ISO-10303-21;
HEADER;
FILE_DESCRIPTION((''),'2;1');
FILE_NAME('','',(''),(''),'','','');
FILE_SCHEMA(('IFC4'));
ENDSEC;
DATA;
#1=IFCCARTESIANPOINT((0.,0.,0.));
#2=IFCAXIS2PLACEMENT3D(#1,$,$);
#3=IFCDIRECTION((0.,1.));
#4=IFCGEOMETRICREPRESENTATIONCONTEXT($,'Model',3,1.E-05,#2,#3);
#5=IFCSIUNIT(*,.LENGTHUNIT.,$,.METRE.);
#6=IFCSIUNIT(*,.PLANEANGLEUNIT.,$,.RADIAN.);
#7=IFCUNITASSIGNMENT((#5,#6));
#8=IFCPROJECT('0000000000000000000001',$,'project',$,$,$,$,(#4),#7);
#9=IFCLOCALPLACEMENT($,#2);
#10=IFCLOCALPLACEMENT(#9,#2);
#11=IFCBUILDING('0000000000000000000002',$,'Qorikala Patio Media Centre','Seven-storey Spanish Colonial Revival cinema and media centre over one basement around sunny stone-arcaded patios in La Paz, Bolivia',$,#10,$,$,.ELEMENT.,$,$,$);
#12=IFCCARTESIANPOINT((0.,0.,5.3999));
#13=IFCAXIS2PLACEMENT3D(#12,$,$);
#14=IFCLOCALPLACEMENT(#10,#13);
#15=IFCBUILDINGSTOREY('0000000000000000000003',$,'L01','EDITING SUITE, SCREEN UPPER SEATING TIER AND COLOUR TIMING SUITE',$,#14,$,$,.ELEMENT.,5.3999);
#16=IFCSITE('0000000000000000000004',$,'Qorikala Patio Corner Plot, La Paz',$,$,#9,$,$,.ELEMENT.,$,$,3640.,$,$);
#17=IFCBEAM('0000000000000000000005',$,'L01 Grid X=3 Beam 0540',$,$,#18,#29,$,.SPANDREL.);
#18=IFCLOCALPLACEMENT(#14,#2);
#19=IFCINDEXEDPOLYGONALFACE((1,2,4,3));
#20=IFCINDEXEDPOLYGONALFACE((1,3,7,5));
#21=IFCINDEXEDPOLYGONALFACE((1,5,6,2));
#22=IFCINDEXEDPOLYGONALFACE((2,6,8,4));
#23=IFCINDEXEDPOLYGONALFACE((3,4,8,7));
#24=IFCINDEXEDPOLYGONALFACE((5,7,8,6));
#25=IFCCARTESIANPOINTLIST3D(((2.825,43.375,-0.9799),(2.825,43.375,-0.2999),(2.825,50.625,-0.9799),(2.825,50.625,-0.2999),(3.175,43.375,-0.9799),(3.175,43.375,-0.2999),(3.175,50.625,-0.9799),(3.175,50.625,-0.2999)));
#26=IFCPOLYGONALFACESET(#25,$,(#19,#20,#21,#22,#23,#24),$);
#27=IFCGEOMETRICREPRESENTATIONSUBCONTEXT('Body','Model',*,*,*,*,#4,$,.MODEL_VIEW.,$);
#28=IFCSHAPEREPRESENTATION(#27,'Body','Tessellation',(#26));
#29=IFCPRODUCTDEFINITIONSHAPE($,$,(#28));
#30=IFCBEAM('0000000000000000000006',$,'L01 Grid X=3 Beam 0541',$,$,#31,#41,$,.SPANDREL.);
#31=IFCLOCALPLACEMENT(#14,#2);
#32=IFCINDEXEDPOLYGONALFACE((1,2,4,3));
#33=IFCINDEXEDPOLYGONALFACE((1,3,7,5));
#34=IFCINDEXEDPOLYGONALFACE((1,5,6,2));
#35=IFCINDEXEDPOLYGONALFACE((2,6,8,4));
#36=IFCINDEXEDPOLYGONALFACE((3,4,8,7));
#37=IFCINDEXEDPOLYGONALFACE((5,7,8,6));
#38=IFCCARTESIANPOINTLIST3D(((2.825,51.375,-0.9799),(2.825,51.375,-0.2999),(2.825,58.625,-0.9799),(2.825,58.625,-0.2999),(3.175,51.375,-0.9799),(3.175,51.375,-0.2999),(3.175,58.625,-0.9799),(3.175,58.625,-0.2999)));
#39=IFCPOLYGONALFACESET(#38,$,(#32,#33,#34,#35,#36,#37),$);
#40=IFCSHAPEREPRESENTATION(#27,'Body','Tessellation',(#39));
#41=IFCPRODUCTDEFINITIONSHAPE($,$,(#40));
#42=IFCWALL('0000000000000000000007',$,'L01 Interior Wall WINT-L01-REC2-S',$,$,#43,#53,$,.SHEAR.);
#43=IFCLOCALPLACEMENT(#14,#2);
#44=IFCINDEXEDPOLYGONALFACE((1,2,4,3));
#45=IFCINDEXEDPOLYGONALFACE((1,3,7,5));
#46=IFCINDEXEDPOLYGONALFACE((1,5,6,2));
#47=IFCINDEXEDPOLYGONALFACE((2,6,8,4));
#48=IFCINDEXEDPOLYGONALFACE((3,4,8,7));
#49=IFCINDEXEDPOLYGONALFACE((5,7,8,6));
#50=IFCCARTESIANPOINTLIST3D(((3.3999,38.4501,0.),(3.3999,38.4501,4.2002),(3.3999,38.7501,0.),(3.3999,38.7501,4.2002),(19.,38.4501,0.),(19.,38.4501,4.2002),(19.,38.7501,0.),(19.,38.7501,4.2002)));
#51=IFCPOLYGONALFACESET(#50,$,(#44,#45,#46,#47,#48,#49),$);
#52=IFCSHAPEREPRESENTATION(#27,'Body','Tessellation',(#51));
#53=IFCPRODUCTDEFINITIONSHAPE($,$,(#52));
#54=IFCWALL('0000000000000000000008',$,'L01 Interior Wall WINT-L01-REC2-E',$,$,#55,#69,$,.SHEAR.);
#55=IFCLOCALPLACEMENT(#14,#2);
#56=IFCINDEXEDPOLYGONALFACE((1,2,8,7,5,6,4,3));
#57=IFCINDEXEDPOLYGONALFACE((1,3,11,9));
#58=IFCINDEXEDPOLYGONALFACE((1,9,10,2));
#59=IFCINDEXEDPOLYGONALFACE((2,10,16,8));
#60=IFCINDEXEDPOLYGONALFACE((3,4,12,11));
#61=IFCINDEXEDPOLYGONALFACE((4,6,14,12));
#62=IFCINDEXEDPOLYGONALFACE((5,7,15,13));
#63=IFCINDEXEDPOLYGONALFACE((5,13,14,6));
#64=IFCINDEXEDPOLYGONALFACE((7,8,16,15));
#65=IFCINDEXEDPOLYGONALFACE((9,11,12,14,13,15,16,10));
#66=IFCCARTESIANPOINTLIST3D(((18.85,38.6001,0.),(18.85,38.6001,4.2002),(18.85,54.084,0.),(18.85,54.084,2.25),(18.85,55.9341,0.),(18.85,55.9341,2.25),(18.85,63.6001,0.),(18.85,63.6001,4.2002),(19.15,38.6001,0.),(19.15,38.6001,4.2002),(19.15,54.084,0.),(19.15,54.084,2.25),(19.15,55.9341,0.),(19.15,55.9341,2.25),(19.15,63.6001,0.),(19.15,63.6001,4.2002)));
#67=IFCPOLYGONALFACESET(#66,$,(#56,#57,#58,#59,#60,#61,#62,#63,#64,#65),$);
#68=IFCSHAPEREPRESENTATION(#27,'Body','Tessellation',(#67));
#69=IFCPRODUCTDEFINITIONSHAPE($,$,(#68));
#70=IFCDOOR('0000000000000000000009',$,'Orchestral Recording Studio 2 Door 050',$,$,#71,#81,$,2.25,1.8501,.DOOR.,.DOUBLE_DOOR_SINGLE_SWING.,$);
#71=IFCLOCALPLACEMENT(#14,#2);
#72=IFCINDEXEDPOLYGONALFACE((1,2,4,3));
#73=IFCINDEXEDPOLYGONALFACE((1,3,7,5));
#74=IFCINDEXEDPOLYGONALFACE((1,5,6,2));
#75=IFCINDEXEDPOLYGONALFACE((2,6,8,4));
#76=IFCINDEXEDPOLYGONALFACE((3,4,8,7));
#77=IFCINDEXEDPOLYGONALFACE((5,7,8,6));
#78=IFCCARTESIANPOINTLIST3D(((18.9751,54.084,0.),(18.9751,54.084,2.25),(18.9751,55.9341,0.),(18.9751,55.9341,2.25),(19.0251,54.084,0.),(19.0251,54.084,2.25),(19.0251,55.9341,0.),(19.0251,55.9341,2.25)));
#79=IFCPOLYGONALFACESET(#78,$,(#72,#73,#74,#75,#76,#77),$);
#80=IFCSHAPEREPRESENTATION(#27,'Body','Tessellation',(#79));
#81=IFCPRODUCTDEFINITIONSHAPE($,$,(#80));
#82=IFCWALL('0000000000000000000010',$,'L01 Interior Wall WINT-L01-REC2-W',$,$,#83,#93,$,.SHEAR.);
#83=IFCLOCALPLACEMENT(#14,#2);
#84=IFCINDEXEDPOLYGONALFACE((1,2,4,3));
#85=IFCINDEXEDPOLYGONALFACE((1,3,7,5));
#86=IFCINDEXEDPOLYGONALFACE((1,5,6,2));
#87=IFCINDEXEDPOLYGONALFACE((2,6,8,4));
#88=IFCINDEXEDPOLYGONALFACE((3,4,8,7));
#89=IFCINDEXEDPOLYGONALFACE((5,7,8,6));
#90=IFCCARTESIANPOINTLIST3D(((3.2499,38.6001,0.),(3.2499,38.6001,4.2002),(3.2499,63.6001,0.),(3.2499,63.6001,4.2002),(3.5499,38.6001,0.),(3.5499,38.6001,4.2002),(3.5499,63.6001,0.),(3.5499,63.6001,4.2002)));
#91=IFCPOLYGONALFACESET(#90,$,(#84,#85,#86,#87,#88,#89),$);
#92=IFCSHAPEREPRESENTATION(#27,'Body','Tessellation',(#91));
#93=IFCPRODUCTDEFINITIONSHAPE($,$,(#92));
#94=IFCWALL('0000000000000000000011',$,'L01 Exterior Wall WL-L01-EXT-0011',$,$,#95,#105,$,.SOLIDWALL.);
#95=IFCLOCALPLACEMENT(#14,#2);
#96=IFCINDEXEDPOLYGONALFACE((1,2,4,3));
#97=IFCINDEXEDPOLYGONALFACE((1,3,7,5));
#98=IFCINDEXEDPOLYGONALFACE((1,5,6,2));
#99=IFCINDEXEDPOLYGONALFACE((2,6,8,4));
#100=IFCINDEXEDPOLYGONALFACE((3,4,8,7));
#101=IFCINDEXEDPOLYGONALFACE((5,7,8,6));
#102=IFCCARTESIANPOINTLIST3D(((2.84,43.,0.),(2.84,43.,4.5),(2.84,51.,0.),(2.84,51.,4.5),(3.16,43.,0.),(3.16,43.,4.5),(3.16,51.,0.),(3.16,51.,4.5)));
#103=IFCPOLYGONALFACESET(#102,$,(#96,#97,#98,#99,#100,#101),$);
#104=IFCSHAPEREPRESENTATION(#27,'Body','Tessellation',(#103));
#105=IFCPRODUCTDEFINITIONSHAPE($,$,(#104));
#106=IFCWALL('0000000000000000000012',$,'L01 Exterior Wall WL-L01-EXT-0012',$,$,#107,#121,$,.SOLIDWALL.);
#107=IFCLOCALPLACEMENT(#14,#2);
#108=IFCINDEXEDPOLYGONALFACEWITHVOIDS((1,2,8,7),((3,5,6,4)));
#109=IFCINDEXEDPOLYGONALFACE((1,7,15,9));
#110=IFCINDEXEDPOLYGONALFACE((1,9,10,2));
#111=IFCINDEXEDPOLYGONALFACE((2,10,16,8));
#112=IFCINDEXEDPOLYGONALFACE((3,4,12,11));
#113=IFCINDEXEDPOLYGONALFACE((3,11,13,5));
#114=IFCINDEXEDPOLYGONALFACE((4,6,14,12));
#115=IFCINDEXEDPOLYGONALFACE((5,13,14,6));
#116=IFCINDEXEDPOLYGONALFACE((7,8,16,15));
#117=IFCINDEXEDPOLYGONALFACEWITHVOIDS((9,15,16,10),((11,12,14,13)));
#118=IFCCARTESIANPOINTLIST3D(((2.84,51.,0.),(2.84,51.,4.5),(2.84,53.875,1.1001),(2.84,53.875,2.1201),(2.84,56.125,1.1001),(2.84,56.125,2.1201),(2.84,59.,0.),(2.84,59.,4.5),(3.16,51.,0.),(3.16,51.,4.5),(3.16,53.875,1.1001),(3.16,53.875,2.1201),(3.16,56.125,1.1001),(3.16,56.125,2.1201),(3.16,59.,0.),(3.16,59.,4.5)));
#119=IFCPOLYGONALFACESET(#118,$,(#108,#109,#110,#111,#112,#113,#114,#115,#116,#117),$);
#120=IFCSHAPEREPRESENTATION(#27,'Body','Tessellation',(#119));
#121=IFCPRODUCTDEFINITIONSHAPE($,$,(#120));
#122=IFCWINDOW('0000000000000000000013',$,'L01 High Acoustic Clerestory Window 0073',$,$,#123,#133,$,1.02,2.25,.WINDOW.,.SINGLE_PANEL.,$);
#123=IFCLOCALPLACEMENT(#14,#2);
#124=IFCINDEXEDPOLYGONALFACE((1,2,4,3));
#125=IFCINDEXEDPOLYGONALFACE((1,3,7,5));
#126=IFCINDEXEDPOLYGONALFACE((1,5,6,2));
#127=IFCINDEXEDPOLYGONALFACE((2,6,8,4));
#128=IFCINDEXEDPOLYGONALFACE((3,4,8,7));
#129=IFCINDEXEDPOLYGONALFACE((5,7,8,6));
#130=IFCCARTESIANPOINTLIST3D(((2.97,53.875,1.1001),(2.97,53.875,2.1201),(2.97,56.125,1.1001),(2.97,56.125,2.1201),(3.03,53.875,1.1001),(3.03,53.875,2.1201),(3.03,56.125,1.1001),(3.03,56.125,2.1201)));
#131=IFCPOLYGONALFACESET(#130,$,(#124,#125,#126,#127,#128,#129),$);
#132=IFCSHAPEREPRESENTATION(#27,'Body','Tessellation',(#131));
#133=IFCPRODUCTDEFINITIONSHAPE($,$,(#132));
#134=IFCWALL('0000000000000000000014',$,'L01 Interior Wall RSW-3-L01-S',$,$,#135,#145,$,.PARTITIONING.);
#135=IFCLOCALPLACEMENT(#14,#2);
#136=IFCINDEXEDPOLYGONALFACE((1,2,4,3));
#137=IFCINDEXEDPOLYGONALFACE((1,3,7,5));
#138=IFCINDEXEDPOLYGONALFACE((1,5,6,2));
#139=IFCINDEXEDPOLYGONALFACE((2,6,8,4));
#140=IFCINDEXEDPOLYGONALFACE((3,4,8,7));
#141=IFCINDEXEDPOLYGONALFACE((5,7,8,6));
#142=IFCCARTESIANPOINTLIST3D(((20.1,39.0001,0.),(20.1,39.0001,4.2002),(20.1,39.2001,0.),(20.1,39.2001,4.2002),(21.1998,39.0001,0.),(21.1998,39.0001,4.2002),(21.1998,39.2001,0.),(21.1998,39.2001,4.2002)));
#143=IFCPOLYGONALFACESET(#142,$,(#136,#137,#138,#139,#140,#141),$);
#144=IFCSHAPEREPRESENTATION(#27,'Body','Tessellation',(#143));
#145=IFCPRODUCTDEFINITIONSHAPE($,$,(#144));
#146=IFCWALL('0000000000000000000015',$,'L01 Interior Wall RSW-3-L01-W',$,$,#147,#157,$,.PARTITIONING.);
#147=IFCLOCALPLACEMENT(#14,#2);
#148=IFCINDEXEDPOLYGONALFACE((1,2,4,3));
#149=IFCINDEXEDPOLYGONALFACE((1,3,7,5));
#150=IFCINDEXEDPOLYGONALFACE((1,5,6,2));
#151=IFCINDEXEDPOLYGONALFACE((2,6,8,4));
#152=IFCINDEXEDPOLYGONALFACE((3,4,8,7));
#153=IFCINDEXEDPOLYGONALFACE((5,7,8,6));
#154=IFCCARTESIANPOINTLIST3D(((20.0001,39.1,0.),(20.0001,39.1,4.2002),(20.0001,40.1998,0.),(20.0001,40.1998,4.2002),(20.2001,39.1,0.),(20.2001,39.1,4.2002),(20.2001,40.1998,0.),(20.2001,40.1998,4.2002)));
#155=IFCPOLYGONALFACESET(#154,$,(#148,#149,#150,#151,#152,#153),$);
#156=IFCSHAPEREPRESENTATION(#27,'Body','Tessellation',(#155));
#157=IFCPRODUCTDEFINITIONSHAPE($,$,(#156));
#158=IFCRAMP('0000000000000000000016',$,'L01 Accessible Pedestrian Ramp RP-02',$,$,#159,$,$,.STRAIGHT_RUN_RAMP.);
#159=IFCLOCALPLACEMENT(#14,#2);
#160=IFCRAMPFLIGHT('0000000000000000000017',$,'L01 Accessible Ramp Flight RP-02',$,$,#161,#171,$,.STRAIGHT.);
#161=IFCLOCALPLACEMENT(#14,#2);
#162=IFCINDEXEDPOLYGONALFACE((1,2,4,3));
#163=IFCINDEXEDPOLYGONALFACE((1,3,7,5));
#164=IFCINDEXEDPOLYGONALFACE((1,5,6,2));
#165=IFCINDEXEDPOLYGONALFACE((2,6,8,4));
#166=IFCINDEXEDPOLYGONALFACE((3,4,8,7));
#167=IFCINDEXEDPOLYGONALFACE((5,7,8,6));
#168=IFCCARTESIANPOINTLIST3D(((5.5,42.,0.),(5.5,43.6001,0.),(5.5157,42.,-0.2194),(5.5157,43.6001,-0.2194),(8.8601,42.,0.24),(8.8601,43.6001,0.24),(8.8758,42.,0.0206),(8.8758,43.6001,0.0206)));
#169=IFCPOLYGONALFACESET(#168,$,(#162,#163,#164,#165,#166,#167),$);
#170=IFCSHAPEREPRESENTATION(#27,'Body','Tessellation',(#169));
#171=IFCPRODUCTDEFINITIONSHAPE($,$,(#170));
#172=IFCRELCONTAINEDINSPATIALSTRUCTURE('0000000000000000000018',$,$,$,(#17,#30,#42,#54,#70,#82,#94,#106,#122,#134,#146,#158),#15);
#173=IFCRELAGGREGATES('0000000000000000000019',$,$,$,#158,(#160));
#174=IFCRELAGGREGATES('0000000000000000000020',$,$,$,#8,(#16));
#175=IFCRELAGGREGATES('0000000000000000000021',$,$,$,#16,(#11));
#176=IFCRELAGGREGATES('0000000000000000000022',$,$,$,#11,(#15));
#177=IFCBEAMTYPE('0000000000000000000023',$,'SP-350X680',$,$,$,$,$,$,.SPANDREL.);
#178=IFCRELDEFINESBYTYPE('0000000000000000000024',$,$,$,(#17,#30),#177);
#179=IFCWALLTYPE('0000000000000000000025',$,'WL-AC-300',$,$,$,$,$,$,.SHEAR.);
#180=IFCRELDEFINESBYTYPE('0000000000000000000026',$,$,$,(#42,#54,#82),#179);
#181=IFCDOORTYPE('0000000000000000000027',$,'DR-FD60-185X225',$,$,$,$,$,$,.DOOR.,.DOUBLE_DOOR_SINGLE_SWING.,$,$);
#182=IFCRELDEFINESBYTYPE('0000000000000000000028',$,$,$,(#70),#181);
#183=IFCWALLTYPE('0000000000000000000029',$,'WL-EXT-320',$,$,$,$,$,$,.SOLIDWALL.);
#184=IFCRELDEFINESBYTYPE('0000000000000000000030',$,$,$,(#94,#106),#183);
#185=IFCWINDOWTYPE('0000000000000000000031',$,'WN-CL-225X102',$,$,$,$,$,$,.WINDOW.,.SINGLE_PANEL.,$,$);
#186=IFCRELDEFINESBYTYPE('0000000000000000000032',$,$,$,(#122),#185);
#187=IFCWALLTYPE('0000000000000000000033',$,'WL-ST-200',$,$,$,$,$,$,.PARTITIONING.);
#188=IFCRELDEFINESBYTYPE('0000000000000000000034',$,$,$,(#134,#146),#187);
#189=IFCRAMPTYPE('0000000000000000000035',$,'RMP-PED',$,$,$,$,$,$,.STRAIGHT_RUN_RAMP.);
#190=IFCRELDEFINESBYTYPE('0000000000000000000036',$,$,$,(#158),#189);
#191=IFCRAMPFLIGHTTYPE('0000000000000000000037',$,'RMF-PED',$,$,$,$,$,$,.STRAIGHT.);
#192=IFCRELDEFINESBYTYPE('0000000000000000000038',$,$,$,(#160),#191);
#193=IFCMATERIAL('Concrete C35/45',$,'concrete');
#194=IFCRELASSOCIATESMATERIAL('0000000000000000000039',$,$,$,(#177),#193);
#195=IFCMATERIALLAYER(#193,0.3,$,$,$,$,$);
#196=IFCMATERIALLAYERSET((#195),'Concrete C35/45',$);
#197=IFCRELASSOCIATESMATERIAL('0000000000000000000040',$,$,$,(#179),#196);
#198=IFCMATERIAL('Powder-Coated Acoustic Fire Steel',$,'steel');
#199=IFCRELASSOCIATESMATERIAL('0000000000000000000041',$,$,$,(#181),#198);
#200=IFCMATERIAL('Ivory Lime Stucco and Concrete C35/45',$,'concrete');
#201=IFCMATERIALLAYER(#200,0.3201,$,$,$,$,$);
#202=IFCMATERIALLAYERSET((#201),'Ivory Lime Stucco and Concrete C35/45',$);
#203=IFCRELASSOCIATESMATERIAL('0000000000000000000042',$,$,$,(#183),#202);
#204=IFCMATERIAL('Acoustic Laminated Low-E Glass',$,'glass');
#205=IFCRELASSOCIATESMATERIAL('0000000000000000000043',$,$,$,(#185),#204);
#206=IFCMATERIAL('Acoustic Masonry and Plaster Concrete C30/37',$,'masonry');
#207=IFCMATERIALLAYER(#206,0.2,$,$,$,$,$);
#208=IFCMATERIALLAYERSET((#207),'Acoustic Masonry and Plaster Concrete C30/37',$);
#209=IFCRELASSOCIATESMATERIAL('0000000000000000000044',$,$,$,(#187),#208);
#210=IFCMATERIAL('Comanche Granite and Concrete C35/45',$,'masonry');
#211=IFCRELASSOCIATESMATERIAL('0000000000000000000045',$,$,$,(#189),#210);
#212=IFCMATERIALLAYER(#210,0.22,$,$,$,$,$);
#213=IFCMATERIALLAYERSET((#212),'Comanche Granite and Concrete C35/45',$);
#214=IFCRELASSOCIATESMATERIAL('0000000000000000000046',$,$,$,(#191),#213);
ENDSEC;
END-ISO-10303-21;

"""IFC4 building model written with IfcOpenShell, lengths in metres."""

from ifc_helpers import new_model, si_unit, direction, frame, frame_2d, origin, origin_2d, place, context, subcontext, project, spatial, polyline, rectangle, outline, extrude, material, layer, layer_set, material_profile, profile_set, type_object, element, fill, aggregate, save


model = new_model("IFC4")

# Units and contexts
model_context = context("Model", 3, precision=1e-05, world=origin(), true_north=direction((0.0, 1.0)))
body_context = subcontext(model_context, "Body", "Model", "MODEL_VIEW")
ifc_project = project(units=[si_unit("LENGTHUNIT", "METRE"), si_unit("PLANEANGLEUNIT", "RADIAN")], contexts=[model_context])

# Site, building, storey
site_placement = place(None, origin())
site = spatial("IfcSite", under=ifc_project, at=site_placement, Name="Qorikala Patio Corner Plot, La Paz", CompositionType="ELEMENT", RefElevation=3640.0)
building_placement = place(site_placement, origin())
building = spatial("IfcBuilding", under=site, at=building_placement, Name="Qorikala Patio Media Centre", Description="Seven-storey Spanish Colonial Revival cinema and media centre over one basement around sunny stone-arcaded patios in La Paz, Bolivia", CompositionType="ELEMENT")
storey_placement = place(building_placement, frame((0.0, 0.0, 5.3999)))
storey = spatial("IfcBuildingStorey", under=building, at=storey_placement, Name="L01", Description="EDITING SUITE, SCREEN UPPER SEATING TIER AND COLOUR TIMING SUITE", CompositionType="ELEMENT", Elevation=5.3999)

# Shared definitions
ifc_material_1 = material(Name="Concrete C35/45", Category="concrete")

# Beams
ifc_material_profile_1 = material_profile(ifc_material_1, rectangle(XDim=0.3501, YDim=0.6799, at=origin_2d()), Name="RC 350x680")
ifc_profile_set_1 = profile_set([ifc_material_profile_1], Name="Concrete C35/45")
beam_type_1 = type_object("IfcBeamType", Name="SP-350X680", PredefinedType="SPANDREL", material=ifc_profile_set_1)
for number, where, z_axis, x_axis, name in (
    (1, (3.0, 43.375, -0.6399), (0.0, 1.0, 0.0), (-1.0, 0.0, 0.0), "L01 Grid X=3 Beam 0540"),
    (2, (3.0, 51.375, -0.6399), (0.0, 1.0, 0.0), (-1.0, 0.0, 0.0), "L01 Grid X=3 Beam 0541"),
):
    element("IfcBeam", number, at=place(storey_placement, frame(where, z_axis=z_axis, x_axis=x_axis)), inside=storey, type_object=beam_type_1, Name=name, PredefinedType="SPANDREL", context=body_context, shape_type="SweptSolid", body=[
        extrude(rectangle(XDim=0.3501, YDim=0.6799, at=origin_2d()), origin(), (0.0, 0.0, 1.0), 7.25),
    ])

# Wall
ifc_layer_1 = layer(ifc_material_1, 0.3)
ifc_layer_set_1 = layer_set([ifc_layer_1], Name="Concrete C35/45")
wall_type_1 = type_object("IfcWallType", Name="WL-AC-300", PredefinedType="SHEAR", material=ifc_layer_set_1)
wall_1_placement = place(storey_placement, frame((3.3999, 38.6001, 0.0), z_axis=(0.0, 0.0, 1.0), x_axis=(1.0, 0.0, 0.0)))
element("IfcWall", 3, at=wall_1_placement, inside=storey, type_object=wall_type_1, Name="L01 Interior Wall WINT-L01-REC2-S", PredefinedType="SHEAR", context=body_context, shape_type="SweptSolid", body=[
    extrude(rectangle(XDim=15.6001, YDim=0.3, at=frame_2d((7.8, 0.0))), origin(), (0.0, 0.0, 1.0), 4.2002),
])

# Wall, opening, door
wall_2_placement = place(storey_placement, frame((19.0, 38.6001, 0.0), z_axis=(0.0, 0.0, 1.0), x_axis=(0.0, 1.0, 0.0)))
wall_2 = element("IfcWall", 4, at=wall_2_placement, inside=storey, type_object=wall_type_1, Name="L01 Interior Wall WINT-L01-REC2-E", PredefinedType="SHEAR", context=body_context, shape_type="SweptSolid", body=[
    extrude(rectangle(XDim=25.0, YDim=0.3, at=frame_2d((12.5, 0.0))), origin(), (0.0, 0.0, 1.0), 4.2002),
])
opening_1_placement = place(wall_2_placement, frame((15.4839, 0.0, 0.0)))
opening_1 = element("IfcOpeningElement", 5, at=opening_1_placement, cuts=wall_2, PredefinedType="OPENING", context=body_context, shape_type="SweptSolid", body=[
    extrude(rectangle(XDim=1.8501, YDim=2.25, at=frame_2d((0.925, 1.125))), frame((0.0, 0.1599, 0.0), z_axis=(0.0, -1.0, 0.0), x_axis=(1.0, 0.0, 0.0)), (0.0, 0.0, 1.0), 0.3201),
])
ifc_material_2 = material(Name="Powder-Coated Acoustic Fire Steel", Category="steel")
door_type = type_object("IfcDoorType", Name="DR-FD60-185X225", OperationType="DOUBLE_DOOR_SINGLE_SWING", PredefinedType="DOOR", material=ifc_material_2)
door_placement = place(opening_1_placement, origin())
door = element("IfcDoor", 6, at=door_placement, inside=storey, type_object=door_type, Name="Orchestral Recording Studio 2 Door 050", OperationType="DOUBLE_DOOR_SINGLE_SWING", OverallHeight=2.25, OverallWidth=1.8501, PredefinedType="DOOR", context=body_context, shape_type="SweptSolid", body=[
    extrude(rectangle(XDim=1.8501, YDim=2.25, at=frame_2d((0.925, 1.125))), frame((0.0, 0.0249, 0.0), z_axis=(0.0, -1.0, 0.0), x_axis=(1.0, 0.0, 0.0)), (0.0, 0.0, 1.0), 0.05),
])
fill(opening_1, door)

# Walls
wall_3_placement = place(storey_placement, frame((3.3999, 38.6001, 0.0), z_axis=(0.0, 0.0, 1.0), x_axis=(0.0, 1.0, 0.0)))
element("IfcWall", 7, at=wall_3_placement, inside=storey, type_object=wall_type_1, Name="L01 Interior Wall WINT-L01-REC2-W", PredefinedType="SHEAR", context=body_context, shape_type="SweptSolid", body=[
    extrude(rectangle(XDim=25.0, YDim=0.3, at=frame_2d((12.5, 0.0))), origin(), (0.0, 0.0, 1.0), 4.2002),
])
ifc_material_3 = material(Name="Ivory Lime Stucco and Concrete C35/45", Category="concrete")
ifc_layer_2 = layer(ifc_material_3, 0.3201)
ifc_layer_set_2 = layer_set([ifc_layer_2], Name="Ivory Lime Stucco and Concrete C35/45")
wall_type_2 = type_object("IfcWallType", Name="WL-EXT-320", PredefinedType="SOLIDWALL", material=ifc_layer_set_2)
wall_4_placement = place(storey_placement, frame((3.0, 43.0, 0.0), z_axis=(0.0, 0.0, 1.0), x_axis=(0.0, 1.0, 0.0)))
element("IfcWall", 8, at=wall_4_placement, inside=storey, type_object=wall_type_2, Name="L01 Exterior Wall WL-L01-EXT-0011", PredefinedType="SOLIDWALL", context=body_context, shape_type="SweptSolid", body=[
    extrude(rectangle(XDim=8.0, YDim=0.3201, at=frame_2d((4.0, 0.0))), origin(), (0.0, 0.0, 1.0), 4.5),
])

# Wall, opening, window
wall_5_placement = place(storey_placement, frame((3.0, 51.0, 0.0), z_axis=(0.0, 0.0, 1.0), x_axis=(0.0, 1.0, 0.0)))
wall_5 = element("IfcWall", 9, at=wall_5_placement, inside=storey, type_object=wall_type_2, Name="L01 Exterior Wall WL-L01-EXT-0012", PredefinedType="SOLIDWALL", context=body_context, shape_type="SweptSolid", body=[
    extrude(rectangle(XDim=8.0, YDim=0.3201, at=frame_2d((4.0, 0.0))), origin(), (0.0, 0.0, 1.0), 4.5),
])
opening_2_placement = place(wall_5_placement, frame((2.875, 0.0, 1.1001)))
opening_2 = element("IfcOpeningElement", 10, at=opening_2_placement, cuts=wall_5, PredefinedType="OPENING", context=body_context, shape_type="SweptSolid", body=[
    extrude(rectangle(XDim=2.25, YDim=1.02, at=frame_2d((1.125, 0.51))), frame((0.0, 0.1699, 0.0), z_axis=(0.0, -1.0, 0.0), x_axis=(1.0, 0.0, 0.0)), (0.0, 0.0, 1.0), 0.3401),
])
ifc_material_4 = material(Name="Acoustic Laminated Low-E Glass", Category="glass")
window_type = type_object("IfcWindowType", Name="WN-CL-225X102", PartitioningType="SINGLE_PANEL", PredefinedType="WINDOW", material=ifc_material_4)
window_placement = place(opening_2_placement, origin())
window = element("IfcWindow", 11, at=window_placement, inside=storey, type_object=window_type, Name="L01 High Acoustic Clerestory Window 0073", OverallHeight=1.02, OverallWidth=2.25, PartitioningType="SINGLE_PANEL", PredefinedType="WINDOW", context=body_context, shape_type="SweptSolid", body=[
    extrude(rectangle(XDim=2.25, YDim=1.02, at=frame_2d((1.125, 0.51))), frame((0.0, 0.03, 0.0), z_axis=(0.0, -1.0, 0.0), x_axis=(1.0, 0.0, 0.0)), (0.0, 0.0, 1.0), 0.0601),
])
fill(opening_2, window)

# Walls
ifc_material_5 = material(Name="Acoustic Masonry and Plaster Concrete C30/37", Category="masonry")
ifc_layer_3 = layer(ifc_material_5, 0.2)
ifc_layer_set_3 = layer_set([ifc_layer_3], Name="Acoustic Masonry and Plaster Concrete C30/37")
wall_type_3 = type_object("IfcWallType", Name="WL-ST-200", PredefinedType="PARTITIONING", material=ifc_layer_set_3)
for number, where, z_axis, x_axis, name in (
    (12, (20.1001, 39.1001, 0.0), (0.0, 0.0, 1.0), (1.0, 0.0, 0.0), "L01 Interior Wall RSW-3-L01-S"),
    (13, (20.1001, 39.1001, 0.0), (0.0, 0.0, 1.0), (0.0, 1.0, 0.0), "L01 Interior Wall RSW-3-L01-W"),
):
    element("IfcWall", number, at=place(storey_placement, frame(where, z_axis=z_axis, x_axis=x_axis)), inside=storey, type_object=wall_type_3, Name=name, PredefinedType="PARTITIONING", context=body_context, shape_type="SweptSolid", body=[
        extrude(rectangle(XDim=1.0999, YDim=0.2, at=frame_2d((0.5498, 0.0))), origin(), (0.0, 0.0, 1.0), 4.2002),
    ])

# Ramp, ramp flight
ifc_material_6 = material(Name="Comanche Granite and Concrete C35/45", Category="masonry")
ramp_type = type_object("IfcRampType", Name="RMP-PED", PredefinedType="STRAIGHT_RUN_RAMP", material=ifc_material_6)
ramp_placement = place(storey_placement, origin())
ramp = element("IfcRamp", 14, at=ramp_placement, inside=storey, type_object=ramp_type, Name="L01 Accessible Pedestrian Ramp RP-02", PredefinedType="STRAIGHT_RUN_RAMP")
ifc_layer_4 = layer(ifc_material_6, 0.22)
ifc_layer_set_4 = layer_set([ifc_layer_4], Name="Comanche Granite and Concrete C35/45")
ramp_flight_type = type_object("IfcRampFlightType", Name="RMF-PED", PredefinedType="STRAIGHT", material=ifc_layer_set_4)
ramp_flight_placement = place(storey_placement, frame((5.5, 42.0, 0.0), z_axis=(-0.071242, 0.0, 0.997459), x_axis=(0.997459, 0.0, 0.071242)))
ramp_flight = element("IfcRampFlight", 15, at=ramp_flight_placement, type_object=ramp_flight_type, Name="L01 Accessible Ramp Flight RP-02", PredefinedType="STRAIGHT", context=body_context, shape_type="SweptSolid", body=[
    extrude(outline(polyline([(0.0, 0.0), (3.3687, 0.0), (3.3687, 1.6001), (0.0, 1.6001), (0.0, 0.0)])), origin(), (0.0, 0.0, -1.0), 0.22),
])
aggregate(ramp, [ramp_flight])

save(model, "model.ifc")
